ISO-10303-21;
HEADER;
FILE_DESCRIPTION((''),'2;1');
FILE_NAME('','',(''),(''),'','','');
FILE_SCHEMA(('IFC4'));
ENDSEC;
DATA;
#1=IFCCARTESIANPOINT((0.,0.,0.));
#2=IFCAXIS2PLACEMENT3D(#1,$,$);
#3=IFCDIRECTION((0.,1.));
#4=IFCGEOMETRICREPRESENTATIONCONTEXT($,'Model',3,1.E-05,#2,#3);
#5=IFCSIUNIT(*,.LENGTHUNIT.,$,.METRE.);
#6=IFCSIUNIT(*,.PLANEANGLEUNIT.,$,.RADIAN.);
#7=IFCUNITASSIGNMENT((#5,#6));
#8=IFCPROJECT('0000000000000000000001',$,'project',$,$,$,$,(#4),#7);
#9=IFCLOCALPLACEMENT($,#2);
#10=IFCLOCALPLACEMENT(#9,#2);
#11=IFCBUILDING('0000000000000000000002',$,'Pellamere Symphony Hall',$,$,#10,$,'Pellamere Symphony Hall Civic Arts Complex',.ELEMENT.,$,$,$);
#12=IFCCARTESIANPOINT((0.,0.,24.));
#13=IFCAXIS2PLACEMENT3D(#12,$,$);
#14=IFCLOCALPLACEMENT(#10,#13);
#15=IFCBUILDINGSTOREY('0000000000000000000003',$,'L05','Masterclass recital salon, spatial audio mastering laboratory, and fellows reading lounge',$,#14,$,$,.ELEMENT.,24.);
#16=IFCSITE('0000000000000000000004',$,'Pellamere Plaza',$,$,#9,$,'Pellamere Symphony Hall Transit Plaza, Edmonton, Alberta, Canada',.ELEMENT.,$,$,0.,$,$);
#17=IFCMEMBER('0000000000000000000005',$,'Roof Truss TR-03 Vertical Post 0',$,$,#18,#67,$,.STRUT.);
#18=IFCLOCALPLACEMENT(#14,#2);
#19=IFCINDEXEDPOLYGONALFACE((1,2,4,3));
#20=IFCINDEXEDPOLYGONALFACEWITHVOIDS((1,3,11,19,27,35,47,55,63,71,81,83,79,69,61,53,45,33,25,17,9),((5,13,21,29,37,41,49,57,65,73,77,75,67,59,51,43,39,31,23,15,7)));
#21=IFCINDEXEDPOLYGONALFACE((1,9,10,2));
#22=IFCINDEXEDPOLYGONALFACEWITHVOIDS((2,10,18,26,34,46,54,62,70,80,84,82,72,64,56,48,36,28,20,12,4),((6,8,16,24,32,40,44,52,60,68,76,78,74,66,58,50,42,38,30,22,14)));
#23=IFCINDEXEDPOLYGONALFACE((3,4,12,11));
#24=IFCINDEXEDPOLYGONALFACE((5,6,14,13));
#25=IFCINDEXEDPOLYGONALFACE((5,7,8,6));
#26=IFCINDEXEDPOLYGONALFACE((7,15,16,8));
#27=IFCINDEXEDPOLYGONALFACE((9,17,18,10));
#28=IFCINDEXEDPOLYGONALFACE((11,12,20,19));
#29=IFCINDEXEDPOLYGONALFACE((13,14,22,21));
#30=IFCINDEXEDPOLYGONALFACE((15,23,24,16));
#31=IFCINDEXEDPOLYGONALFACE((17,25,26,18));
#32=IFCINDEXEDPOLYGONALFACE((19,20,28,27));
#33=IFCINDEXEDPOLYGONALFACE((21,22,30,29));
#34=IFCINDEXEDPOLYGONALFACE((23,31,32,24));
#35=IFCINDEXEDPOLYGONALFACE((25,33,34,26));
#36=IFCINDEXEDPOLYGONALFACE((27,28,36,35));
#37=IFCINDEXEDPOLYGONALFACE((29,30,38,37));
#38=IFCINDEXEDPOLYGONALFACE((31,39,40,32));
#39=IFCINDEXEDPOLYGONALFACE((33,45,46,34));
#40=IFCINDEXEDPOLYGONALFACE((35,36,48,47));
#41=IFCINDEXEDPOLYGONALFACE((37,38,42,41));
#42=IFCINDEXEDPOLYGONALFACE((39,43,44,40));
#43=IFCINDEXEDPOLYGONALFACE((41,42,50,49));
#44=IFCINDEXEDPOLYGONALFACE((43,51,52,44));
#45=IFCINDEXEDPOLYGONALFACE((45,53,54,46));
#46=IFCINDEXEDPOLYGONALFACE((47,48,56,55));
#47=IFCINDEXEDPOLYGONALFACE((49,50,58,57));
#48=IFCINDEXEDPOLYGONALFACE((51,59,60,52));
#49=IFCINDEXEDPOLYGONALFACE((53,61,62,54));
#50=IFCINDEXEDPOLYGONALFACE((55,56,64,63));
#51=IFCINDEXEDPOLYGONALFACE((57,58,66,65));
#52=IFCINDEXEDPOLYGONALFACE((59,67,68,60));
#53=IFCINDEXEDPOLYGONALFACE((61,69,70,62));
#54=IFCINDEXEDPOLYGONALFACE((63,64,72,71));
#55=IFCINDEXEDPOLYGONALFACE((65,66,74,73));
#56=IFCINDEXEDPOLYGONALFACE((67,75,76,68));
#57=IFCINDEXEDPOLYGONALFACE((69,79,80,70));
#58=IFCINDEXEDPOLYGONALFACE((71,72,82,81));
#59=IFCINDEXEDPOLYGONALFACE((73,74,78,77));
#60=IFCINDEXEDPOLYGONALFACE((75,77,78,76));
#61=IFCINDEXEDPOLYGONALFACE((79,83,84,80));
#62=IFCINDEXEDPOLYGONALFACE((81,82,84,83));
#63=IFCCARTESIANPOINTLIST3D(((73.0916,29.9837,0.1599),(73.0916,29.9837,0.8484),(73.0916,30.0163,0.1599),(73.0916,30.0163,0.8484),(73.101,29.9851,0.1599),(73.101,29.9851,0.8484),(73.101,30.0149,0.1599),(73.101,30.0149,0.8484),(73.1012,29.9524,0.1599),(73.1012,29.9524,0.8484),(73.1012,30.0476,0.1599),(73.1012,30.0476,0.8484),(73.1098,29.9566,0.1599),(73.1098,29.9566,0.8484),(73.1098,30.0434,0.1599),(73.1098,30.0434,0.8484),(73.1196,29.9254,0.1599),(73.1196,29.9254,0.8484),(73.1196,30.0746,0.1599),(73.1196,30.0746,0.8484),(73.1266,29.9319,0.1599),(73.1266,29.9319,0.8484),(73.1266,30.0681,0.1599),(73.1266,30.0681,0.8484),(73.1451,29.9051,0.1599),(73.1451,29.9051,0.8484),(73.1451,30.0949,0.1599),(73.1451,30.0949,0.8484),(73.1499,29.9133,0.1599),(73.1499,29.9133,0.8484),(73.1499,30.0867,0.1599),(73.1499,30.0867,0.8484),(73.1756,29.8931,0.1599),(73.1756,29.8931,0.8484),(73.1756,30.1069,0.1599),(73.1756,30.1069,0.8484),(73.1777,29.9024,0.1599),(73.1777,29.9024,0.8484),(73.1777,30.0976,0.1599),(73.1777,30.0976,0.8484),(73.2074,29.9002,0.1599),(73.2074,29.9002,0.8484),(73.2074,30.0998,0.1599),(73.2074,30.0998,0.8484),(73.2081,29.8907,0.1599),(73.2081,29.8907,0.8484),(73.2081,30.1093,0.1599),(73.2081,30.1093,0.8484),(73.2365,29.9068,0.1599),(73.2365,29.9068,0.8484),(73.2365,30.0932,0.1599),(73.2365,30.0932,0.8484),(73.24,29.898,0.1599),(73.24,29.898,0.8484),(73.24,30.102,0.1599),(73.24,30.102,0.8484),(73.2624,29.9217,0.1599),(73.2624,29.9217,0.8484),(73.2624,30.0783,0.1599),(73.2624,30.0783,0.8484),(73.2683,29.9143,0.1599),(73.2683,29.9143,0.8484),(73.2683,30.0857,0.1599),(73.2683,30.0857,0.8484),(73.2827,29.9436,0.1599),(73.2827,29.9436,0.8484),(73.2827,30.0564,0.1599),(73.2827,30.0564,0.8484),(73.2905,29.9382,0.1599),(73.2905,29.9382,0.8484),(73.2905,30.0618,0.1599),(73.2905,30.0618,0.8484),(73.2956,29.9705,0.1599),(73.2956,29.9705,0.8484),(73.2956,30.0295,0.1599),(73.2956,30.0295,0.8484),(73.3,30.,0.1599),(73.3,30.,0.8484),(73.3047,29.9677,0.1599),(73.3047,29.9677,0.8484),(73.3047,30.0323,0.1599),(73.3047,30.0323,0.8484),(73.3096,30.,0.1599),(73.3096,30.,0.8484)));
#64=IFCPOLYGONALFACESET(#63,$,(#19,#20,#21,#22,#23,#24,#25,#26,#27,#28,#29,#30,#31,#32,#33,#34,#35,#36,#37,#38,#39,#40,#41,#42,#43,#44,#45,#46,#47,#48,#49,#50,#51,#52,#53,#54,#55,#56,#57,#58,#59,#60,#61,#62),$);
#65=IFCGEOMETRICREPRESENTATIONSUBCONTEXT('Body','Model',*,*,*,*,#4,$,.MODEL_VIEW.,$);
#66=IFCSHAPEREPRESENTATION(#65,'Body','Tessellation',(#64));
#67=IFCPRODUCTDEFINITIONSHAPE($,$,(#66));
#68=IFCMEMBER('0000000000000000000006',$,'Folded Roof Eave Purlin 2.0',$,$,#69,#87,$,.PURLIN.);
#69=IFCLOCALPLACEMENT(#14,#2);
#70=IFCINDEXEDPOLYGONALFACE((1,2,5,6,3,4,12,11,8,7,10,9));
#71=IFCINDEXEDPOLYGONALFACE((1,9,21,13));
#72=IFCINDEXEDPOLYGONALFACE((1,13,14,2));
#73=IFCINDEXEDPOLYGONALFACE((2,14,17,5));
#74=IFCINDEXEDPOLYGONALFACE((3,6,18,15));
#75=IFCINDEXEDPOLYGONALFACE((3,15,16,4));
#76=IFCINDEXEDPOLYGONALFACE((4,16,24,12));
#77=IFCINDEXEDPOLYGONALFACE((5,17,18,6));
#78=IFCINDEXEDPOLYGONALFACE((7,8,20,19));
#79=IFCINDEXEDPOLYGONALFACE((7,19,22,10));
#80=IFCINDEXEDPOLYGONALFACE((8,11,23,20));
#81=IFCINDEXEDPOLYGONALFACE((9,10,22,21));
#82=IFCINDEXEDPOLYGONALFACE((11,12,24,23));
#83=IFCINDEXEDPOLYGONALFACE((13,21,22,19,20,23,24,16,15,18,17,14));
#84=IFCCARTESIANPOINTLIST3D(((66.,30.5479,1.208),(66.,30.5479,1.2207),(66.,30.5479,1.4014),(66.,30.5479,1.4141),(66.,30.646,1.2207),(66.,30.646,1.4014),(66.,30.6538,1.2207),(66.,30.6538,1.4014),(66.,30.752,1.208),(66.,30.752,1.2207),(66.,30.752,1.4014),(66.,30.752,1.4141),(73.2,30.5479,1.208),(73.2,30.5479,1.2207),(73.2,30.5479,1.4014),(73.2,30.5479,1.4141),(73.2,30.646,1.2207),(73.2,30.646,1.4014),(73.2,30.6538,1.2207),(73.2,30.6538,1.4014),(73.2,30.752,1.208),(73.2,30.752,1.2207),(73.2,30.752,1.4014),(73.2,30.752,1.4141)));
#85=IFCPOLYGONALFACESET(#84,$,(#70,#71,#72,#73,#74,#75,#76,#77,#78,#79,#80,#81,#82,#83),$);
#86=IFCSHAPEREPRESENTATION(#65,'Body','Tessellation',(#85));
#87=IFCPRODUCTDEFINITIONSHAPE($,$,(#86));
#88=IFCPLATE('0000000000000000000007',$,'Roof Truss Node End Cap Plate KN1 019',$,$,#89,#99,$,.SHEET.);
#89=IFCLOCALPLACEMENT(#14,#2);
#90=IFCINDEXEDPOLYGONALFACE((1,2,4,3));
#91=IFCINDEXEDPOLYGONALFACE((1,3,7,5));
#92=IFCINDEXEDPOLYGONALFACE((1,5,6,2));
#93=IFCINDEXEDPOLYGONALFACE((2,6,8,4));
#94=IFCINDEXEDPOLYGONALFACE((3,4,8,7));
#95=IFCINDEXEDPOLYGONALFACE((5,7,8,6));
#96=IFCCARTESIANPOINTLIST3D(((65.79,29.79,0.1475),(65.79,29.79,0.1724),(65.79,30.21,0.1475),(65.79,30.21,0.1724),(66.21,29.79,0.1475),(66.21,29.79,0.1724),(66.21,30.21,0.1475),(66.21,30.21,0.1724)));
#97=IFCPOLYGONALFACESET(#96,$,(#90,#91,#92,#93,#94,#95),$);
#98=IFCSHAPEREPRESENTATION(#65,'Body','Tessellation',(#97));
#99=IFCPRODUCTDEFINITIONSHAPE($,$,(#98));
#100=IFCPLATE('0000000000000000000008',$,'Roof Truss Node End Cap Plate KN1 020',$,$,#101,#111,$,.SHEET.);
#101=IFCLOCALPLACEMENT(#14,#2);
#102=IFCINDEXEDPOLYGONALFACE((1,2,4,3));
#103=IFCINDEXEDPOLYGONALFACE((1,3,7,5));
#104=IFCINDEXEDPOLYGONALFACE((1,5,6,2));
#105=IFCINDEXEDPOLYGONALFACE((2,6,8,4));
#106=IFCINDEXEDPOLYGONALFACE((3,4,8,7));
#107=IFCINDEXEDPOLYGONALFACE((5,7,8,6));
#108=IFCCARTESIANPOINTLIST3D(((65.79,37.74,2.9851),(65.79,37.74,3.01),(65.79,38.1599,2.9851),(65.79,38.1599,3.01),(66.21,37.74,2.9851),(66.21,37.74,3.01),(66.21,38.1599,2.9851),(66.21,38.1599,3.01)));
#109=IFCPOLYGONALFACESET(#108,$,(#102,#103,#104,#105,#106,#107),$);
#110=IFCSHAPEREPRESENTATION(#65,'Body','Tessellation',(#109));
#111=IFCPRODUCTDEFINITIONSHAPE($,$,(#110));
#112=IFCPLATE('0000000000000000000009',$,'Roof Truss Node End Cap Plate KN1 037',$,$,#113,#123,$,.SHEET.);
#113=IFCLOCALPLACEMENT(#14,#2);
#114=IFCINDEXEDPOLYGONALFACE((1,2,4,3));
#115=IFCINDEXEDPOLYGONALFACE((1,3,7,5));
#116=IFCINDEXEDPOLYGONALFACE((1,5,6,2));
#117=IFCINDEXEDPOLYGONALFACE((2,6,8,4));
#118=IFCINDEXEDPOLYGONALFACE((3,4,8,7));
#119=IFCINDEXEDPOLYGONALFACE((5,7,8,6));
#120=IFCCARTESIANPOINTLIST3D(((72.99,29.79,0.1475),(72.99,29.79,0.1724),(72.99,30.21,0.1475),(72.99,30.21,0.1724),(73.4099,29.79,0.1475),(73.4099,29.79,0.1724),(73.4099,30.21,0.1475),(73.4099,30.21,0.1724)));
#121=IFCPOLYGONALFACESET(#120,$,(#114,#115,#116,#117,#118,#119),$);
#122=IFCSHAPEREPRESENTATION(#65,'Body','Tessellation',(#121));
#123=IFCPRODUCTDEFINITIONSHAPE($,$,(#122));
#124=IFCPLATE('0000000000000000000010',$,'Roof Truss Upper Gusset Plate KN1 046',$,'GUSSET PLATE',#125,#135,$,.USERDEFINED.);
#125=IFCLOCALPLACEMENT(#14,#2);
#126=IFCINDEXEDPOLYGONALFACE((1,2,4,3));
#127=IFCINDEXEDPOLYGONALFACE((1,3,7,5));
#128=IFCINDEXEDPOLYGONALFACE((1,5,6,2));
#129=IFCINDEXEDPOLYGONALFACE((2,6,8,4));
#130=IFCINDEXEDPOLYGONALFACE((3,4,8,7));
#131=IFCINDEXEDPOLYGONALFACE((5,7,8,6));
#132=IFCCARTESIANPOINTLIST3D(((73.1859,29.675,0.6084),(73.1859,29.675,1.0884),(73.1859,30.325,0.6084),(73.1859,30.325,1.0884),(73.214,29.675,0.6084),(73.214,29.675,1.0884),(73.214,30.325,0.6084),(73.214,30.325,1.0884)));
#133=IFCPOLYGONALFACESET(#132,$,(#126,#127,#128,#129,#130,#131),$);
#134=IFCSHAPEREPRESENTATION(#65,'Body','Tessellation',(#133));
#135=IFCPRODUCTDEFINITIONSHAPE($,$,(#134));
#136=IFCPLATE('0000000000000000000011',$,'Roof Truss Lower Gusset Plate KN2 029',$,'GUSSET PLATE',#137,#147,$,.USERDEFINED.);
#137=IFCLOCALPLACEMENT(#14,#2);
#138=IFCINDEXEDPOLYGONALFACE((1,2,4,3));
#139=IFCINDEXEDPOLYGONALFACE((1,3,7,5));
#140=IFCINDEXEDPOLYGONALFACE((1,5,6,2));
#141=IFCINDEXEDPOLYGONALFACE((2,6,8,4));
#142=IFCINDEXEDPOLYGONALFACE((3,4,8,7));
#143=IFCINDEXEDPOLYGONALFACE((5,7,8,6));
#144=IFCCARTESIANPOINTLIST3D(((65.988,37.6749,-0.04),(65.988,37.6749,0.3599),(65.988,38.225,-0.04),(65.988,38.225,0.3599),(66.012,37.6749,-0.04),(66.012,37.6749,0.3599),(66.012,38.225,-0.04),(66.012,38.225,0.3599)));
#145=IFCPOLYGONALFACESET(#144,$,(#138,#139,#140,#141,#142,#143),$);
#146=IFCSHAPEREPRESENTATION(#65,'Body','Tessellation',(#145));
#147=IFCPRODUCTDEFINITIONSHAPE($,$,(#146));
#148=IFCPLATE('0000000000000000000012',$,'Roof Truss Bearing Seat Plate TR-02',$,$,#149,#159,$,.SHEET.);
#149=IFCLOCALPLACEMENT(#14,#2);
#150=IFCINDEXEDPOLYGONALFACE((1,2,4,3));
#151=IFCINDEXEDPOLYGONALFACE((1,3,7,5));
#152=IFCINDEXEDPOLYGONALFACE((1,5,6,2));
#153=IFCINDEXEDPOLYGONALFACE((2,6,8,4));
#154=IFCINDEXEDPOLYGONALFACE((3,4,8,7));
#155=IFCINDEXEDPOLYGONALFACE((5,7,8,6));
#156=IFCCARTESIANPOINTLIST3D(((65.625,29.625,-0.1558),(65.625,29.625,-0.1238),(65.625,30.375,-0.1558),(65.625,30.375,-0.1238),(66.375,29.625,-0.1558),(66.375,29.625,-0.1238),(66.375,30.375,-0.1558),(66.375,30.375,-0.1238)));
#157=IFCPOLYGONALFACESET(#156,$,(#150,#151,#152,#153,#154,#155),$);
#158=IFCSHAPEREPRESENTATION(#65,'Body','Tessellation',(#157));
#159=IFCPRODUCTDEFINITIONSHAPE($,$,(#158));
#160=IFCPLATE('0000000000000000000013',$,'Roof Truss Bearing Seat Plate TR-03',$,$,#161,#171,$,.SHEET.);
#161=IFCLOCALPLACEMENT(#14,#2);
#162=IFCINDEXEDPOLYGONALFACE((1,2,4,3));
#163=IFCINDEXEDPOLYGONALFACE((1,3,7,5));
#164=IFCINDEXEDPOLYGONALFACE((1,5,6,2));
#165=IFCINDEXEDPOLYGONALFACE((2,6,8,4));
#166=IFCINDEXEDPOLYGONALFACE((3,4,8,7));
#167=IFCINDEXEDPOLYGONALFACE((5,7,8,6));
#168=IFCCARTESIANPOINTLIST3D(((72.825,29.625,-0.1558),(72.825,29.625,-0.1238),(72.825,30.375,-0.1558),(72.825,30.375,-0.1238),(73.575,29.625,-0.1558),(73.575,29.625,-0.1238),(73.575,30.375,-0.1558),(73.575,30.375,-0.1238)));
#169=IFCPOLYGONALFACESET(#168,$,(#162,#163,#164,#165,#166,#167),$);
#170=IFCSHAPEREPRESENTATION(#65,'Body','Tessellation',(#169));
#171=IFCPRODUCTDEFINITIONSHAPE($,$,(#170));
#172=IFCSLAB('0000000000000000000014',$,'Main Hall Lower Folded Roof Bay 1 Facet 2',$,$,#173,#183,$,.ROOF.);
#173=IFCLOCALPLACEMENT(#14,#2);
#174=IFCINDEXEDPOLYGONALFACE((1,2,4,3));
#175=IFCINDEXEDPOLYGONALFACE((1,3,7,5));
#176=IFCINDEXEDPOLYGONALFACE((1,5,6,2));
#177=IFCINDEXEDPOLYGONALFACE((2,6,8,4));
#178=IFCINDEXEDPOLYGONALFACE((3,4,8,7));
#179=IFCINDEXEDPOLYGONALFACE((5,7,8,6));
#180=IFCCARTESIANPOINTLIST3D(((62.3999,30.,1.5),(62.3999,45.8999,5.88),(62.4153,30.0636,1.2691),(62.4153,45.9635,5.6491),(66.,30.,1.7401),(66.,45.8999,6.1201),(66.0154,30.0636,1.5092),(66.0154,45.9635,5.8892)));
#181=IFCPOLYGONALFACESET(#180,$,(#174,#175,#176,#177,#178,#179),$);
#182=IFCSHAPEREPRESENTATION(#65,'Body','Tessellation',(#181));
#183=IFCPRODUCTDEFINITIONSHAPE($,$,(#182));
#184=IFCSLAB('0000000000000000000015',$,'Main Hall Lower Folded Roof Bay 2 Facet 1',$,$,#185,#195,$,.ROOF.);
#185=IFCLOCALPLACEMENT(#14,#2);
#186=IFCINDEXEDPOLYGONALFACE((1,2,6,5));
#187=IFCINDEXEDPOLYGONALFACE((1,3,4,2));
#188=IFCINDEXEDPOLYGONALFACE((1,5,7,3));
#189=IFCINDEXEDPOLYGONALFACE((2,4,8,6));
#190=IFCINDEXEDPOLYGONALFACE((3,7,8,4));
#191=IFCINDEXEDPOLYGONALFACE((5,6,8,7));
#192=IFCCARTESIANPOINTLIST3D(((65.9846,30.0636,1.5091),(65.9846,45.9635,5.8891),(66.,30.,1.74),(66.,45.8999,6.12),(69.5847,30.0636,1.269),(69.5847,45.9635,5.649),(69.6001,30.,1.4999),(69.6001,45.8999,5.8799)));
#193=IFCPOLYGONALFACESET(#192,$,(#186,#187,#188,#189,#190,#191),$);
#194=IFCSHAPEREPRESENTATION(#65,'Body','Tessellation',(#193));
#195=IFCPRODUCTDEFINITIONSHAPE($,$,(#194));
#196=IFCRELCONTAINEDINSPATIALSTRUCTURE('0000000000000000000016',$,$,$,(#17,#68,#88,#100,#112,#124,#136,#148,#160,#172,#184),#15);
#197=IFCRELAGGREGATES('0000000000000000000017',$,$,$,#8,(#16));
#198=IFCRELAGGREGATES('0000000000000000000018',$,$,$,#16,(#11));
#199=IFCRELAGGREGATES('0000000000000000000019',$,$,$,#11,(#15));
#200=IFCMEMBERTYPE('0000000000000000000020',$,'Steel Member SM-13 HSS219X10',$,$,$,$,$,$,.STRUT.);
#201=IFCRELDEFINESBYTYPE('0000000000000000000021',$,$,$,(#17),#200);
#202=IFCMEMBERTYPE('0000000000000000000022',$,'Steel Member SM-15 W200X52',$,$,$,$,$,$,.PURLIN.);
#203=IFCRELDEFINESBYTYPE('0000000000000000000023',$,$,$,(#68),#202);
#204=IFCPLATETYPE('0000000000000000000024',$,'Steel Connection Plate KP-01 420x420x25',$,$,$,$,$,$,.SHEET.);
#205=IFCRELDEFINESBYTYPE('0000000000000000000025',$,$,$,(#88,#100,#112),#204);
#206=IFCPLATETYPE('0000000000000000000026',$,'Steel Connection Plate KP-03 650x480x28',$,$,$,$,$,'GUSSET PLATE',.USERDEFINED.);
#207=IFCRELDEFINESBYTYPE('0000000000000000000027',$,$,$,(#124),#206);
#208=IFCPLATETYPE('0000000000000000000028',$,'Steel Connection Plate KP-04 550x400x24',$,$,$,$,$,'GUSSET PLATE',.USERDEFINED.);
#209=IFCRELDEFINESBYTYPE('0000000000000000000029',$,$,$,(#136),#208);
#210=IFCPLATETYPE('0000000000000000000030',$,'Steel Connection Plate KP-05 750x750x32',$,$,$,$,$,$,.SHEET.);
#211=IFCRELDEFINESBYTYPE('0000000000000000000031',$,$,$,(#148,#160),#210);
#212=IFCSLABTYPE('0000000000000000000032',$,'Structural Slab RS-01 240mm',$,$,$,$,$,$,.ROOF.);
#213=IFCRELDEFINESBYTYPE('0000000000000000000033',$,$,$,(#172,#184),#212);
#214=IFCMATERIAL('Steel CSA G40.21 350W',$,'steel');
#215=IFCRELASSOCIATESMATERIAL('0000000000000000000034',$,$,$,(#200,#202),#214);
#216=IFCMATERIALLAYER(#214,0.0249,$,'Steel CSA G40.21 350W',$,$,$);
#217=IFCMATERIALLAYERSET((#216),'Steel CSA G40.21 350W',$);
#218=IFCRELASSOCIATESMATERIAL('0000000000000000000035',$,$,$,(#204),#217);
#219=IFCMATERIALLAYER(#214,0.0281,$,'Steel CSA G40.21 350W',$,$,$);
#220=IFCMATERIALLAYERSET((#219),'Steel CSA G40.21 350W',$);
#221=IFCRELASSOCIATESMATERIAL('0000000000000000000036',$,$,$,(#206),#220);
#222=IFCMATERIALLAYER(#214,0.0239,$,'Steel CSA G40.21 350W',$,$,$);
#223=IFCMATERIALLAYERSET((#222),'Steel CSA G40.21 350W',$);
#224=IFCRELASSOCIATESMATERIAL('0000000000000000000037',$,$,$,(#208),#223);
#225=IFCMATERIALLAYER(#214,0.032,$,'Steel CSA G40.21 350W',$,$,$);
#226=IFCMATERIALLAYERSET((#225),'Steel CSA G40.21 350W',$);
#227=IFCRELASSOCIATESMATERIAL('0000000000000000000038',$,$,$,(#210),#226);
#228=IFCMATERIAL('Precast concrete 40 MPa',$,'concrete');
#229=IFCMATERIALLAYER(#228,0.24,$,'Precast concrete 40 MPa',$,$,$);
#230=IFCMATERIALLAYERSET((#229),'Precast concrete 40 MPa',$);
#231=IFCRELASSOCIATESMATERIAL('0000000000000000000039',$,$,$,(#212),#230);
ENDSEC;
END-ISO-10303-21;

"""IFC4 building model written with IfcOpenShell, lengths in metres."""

from ifc_helpers import new_model, si_unit, direction, frame, origin, origin_2d, place, context, subcontext, project, spatial, polyline, rectangle, hollow_circle, i_section, outline, extrude, material, layer, layer_set, material_profile, profile_set, type_object, element, save


model = new_model("IFC4")

# Units and contexts
model_context = context("Model", 3, precision=1e-05, world=origin(), true_north=direction((0.0, 1.0)))
body_context = subcontext(model_context, "Body", "Model", "MODEL_VIEW")
ifc_project = project(units=[si_unit("LENGTHUNIT", "METRE"), si_unit("PLANEANGLEUNIT", "RADIAN")], contexts=[model_context])

# Site, building, storey
site_placement = place(None, origin())
site = spatial("IfcSite", under=ifc_project, at=site_placement, Name="Pellamere Plaza", LongName="Pellamere Symphony Hall Transit Plaza, Edmonton, Alberta, Canada", CompositionType="ELEMENT", RefElevation=0.0)
building_placement = place(site_placement, origin())
building = spatial("IfcBuilding", under=site, at=building_placement, Name="Pellamere Symphony Hall", LongName="Pellamere Symphony Hall Civic Arts Complex", CompositionType="ELEMENT")
storey_placement = place(building_placement, frame((0.0, 0.0, 24.0)))
storey = spatial("IfcBuildingStorey", under=building, at=storey_placement, Name="L05", Description="Masterclass recital salon, spatial audio mastering laboratory, and fellows reading lounge", CompositionType="ELEMENT", Elevation=24.0)

# Shared definitions
ifc_material_1 = material(Name="Steel CSA G40.21 350W", Category="steel")

# Members
ifc_material_profile_1 = material_profile(ifc_material_1, hollow_circle(Radius=0.1096, WallThickness=0.0095, at=origin_2d()), Name="HSS219X10")
ifc_profile_set_1 = profile_set([ifc_material_profile_1], Name="Steel CSA G40.21 350W")
member_type_1 = type_object("IfcMemberType", Name="Steel Member SM-13 HSS219X10", PredefinedType="STRUT", material=ifc_profile_set_1)
member_1_placement = place(storey_placement, frame((73.2, 30.0, 0.1599), z_axis=(0.0, 0.0, 1.0), x_axis=(1.0, 0.0, 0.0)))
element("IfcMember", 1, at=member_1_placement, inside=storey, type_object=member_type_1, Name="Roof Truss TR-03 Vertical Post 0", PredefinedType="STRUT", context=body_context, shape_type="SweptSolid", body=[
    extrude(hollow_circle(Radius=0.1096, WallThickness=0.0095, at=origin_2d()), origin(), (0.0, 0.0, 1.0), 0.6885),
])
ifc_material_profile_2 = material_profile(ifc_material_1, i_section(OverallWidth=0.2041, OverallDepth=0.2061, WebThickness=0.0078, FlangeThickness=0.0127, at=origin_2d()), Name="W200X52")
ifc_profile_set_2 = profile_set([ifc_material_profile_2], Name="Steel CSA G40.21 350W")
member_type_2 = type_object("IfcMemberType", Name="Steel Member SM-15 W200X52", PredefinedType="PURLIN", material=ifc_profile_set_2)
member_2_placement = place(storey_placement, frame((66.0, 30.6499, 1.311), z_axis=(1.0, 0.0, 0.0), x_axis=(0.0, 1.0, 0.0)))
element("IfcMember", 2, at=member_2_placement, inside=storey, type_object=member_type_2, Name="Folded Roof Eave Purlin 2.0", PredefinedType="PURLIN", context=body_context, shape_type="SweptSolid", body=[
    extrude(i_section(OverallWidth=0.2041, OverallDepth=0.2061, WebThickness=0.0078, FlangeThickness=0.0127, at=origin_2d()), origin(), (0.0, 0.0, 1.0), 7.2),
])

# Plates
ifc_layer_1 = layer(ifc_material_1, 0.0249, Name="Steel CSA G40.21 350W")
ifc_layer_set_1 = layer_set([ifc_layer_1], Name="Steel CSA G40.21 350W")
plate_type_1 = type_object("IfcPlateType", Name="Steel Connection Plate KP-01 420x420x25", PredefinedType="SHEET", material=ifc_layer_set_1)
for number, where, z_axis, x_axis, name in (
    (3, (66.0, 30.0, 0.1475), (0.0, 0.0, 1.0), (1.0, 0.0, 0.0), "Roof Truss Node End Cap Plate KN1 019"),
    (4, (66.0, 37.95, 2.9851), (0.0, 0.0, 1.0), (1.0, 0.0, 0.0), "Roof Truss Node End Cap Plate KN1 020"),
    (5, (73.2, 30.0, 0.1475), (0.0, 0.0, 1.0), (1.0, 0.0, 0.0), "Roof Truss Node End Cap Plate KN1 037"),
):
    element("IfcPlate", number, at=place(storey_placement, frame(where, z_axis=z_axis, x_axis=x_axis)), inside=storey, type_object=plate_type_1, Name=name, PredefinedType="SHEET", context=body_context, shape_type="SweptSolid", body=[
        extrude(rectangle(XDim=0.4199, YDim=0.4199, at=origin_2d()), origin(), (0.0, 0.0, 1.0), 0.0249),
    ])
ifc_layer_2 = layer(ifc_material_1, 0.0281, Name="Steel CSA G40.21 350W")
ifc_layer_set_2 = layer_set([ifc_layer_2], Name="Steel CSA G40.21 350W")
plate_type_2 = type_object("IfcPlateType", Name="Steel Connection Plate KP-03 650x480x28", ElementType="GUSSET PLATE", PredefinedType="USERDEFINED", material=ifc_layer_set_2)
plate_1_placement = place(storey_placement, frame((73.2, 30.0, 0.6084), z_axis=(0.0, 0.0, 1.0), x_axis=(1.0, 0.0, 0.0)))
element("IfcPlate", 6, at=plate_1_placement, inside=storey, type_object=plate_type_2, Name="Roof Truss Upper Gusset Plate KN1 046", ObjectType="GUSSET PLATE", PredefinedType="USERDEFINED", context=body_context, shape_type="SweptSolid", body=[
    extrude(rectangle(XDim=0.0281, YDim=0.6499, at=origin_2d()), origin(), (0.0, 0.0, 1.0), 0.48),
])
ifc_layer_3 = layer(ifc_material_1, 0.0239, Name="Steel CSA G40.21 350W")
ifc_layer_set_3 = layer_set([ifc_layer_3], Name="Steel CSA G40.21 350W")
plate_type_3 = type_object("IfcPlateType", Name="Steel Connection Plate KP-04 550x400x24", ElementType="GUSSET PLATE", PredefinedType="USERDEFINED", material=ifc_layer_set_3)
plate_2_placement = place(storey_placement, frame((66.0, 37.95, -0.04), z_axis=(0.0, 0.0, 1.0), x_axis=(1.0, 0.0, 0.0)))
element("IfcPlate", 7, at=plate_2_placement, inside=storey, type_object=plate_type_3, Name="Roof Truss Lower Gusset Plate KN2 029", ObjectType="GUSSET PLATE", PredefinedType="USERDEFINED", context=body_context, shape_type="SweptSolid", body=[
    extrude(rectangle(XDim=0.0239, YDim=0.55, at=origin_2d()), origin(), (0.0, 0.0, 1.0), 0.3999),
])
ifc_layer_4 = layer(ifc_material_1, 0.032, Name="Steel CSA G40.21 350W")
ifc_layer_set_4 = layer_set([ifc_layer_4], Name="Steel CSA G40.21 350W")
plate_type_4 = type_object("IfcPlateType", Name="Steel Connection Plate KP-05 750x750x32", PredefinedType="SHEET", material=ifc_layer_set_4)
for number, where, z_axis, x_axis, name in (
    (8, (66.0, 30.0, -0.1558), (0.0, 0.0, 1.0), (1.0, 0.0, 0.0), "Roof Truss Bearing Seat Plate TR-02"),
    (9, (73.2, 30.0, -0.1558), (0.0, 0.0, 1.0), (1.0, 0.0, 0.0), "Roof Truss Bearing Seat Plate TR-03"),
):
    element("IfcPlate", number, at=place(storey_placement, frame(where, z_axis=z_axis, x_axis=x_axis)), inside=storey, type_object=plate_type_4, Name=name, PredefinedType="SHEET", context=body_context, shape_type="SweptSolid", body=[
        extrude(rectangle(XDim=0.75, YDim=0.75, at=origin_2d()), origin(), (0.0, 0.0, 1.0), 0.032),
    ])

# Slabs
ifc_material_2 = material(Name="Precast concrete 40 MPa", Category="concrete")
ifc_layer_5 = layer(ifc_material_2, 0.24, Name="Precast concrete 40 MPa")
ifc_layer_set_5 = layer_set([ifc_layer_5], Name="Precast concrete 40 MPa")
slab_type = type_object("IfcSlabType", Name="Structural Slab RS-01 240mm", PredefinedType="ROOF", material=ifc_layer_set_5)
slab_1_placement = place(storey_placement, frame((62.3999, 30.0, 1.5), z_axis=(-0.064168, -0.265034, 0.962102), x_axis=(0.997783, -0.000009, 0.066546)))
element("IfcSlab", 10, at=slab_1_placement, inside=storey, type_object=slab_type, Name="Main Hall Lower Folded Roof Bay 1 Facet 2", PredefinedType="ROOF", context=body_context, shape_type="SweptSolid", body=[
    extrude(outline(polyline([(0.0, 0.0), (3.6081, 0.0), (3.8994, 16.4896), (0.2913, 16.4896), (0.0, 0.0)])), origin(), (0.0, 0.0, -1.0), 0.24),
])
slab_2_placement = place(storey_placement, frame((66.0, 30.0, 1.74), z_axis=(0.064168, -0.265034, 0.962102), x_axis=(0.997783, 0.000009, -0.066546)))
element("IfcSlab", 11, at=slab_2_placement, inside=storey, type_object=slab_type, Name="Main Hall Lower Folded Roof Bay 2 Facet 1", PredefinedType="ROOF", context=body_context, shape_type="SweptSolid", body=[
    extrude(outline(polyline([(0.0, 0.0), (3.6081, 0.0), (3.3168, 16.4896), (-0.2913, 16.4896), (0.0, 0.0)])), origin(), (0.0, 0.0, -1.0), 0.24),
])

save(model, "model.ifc")
